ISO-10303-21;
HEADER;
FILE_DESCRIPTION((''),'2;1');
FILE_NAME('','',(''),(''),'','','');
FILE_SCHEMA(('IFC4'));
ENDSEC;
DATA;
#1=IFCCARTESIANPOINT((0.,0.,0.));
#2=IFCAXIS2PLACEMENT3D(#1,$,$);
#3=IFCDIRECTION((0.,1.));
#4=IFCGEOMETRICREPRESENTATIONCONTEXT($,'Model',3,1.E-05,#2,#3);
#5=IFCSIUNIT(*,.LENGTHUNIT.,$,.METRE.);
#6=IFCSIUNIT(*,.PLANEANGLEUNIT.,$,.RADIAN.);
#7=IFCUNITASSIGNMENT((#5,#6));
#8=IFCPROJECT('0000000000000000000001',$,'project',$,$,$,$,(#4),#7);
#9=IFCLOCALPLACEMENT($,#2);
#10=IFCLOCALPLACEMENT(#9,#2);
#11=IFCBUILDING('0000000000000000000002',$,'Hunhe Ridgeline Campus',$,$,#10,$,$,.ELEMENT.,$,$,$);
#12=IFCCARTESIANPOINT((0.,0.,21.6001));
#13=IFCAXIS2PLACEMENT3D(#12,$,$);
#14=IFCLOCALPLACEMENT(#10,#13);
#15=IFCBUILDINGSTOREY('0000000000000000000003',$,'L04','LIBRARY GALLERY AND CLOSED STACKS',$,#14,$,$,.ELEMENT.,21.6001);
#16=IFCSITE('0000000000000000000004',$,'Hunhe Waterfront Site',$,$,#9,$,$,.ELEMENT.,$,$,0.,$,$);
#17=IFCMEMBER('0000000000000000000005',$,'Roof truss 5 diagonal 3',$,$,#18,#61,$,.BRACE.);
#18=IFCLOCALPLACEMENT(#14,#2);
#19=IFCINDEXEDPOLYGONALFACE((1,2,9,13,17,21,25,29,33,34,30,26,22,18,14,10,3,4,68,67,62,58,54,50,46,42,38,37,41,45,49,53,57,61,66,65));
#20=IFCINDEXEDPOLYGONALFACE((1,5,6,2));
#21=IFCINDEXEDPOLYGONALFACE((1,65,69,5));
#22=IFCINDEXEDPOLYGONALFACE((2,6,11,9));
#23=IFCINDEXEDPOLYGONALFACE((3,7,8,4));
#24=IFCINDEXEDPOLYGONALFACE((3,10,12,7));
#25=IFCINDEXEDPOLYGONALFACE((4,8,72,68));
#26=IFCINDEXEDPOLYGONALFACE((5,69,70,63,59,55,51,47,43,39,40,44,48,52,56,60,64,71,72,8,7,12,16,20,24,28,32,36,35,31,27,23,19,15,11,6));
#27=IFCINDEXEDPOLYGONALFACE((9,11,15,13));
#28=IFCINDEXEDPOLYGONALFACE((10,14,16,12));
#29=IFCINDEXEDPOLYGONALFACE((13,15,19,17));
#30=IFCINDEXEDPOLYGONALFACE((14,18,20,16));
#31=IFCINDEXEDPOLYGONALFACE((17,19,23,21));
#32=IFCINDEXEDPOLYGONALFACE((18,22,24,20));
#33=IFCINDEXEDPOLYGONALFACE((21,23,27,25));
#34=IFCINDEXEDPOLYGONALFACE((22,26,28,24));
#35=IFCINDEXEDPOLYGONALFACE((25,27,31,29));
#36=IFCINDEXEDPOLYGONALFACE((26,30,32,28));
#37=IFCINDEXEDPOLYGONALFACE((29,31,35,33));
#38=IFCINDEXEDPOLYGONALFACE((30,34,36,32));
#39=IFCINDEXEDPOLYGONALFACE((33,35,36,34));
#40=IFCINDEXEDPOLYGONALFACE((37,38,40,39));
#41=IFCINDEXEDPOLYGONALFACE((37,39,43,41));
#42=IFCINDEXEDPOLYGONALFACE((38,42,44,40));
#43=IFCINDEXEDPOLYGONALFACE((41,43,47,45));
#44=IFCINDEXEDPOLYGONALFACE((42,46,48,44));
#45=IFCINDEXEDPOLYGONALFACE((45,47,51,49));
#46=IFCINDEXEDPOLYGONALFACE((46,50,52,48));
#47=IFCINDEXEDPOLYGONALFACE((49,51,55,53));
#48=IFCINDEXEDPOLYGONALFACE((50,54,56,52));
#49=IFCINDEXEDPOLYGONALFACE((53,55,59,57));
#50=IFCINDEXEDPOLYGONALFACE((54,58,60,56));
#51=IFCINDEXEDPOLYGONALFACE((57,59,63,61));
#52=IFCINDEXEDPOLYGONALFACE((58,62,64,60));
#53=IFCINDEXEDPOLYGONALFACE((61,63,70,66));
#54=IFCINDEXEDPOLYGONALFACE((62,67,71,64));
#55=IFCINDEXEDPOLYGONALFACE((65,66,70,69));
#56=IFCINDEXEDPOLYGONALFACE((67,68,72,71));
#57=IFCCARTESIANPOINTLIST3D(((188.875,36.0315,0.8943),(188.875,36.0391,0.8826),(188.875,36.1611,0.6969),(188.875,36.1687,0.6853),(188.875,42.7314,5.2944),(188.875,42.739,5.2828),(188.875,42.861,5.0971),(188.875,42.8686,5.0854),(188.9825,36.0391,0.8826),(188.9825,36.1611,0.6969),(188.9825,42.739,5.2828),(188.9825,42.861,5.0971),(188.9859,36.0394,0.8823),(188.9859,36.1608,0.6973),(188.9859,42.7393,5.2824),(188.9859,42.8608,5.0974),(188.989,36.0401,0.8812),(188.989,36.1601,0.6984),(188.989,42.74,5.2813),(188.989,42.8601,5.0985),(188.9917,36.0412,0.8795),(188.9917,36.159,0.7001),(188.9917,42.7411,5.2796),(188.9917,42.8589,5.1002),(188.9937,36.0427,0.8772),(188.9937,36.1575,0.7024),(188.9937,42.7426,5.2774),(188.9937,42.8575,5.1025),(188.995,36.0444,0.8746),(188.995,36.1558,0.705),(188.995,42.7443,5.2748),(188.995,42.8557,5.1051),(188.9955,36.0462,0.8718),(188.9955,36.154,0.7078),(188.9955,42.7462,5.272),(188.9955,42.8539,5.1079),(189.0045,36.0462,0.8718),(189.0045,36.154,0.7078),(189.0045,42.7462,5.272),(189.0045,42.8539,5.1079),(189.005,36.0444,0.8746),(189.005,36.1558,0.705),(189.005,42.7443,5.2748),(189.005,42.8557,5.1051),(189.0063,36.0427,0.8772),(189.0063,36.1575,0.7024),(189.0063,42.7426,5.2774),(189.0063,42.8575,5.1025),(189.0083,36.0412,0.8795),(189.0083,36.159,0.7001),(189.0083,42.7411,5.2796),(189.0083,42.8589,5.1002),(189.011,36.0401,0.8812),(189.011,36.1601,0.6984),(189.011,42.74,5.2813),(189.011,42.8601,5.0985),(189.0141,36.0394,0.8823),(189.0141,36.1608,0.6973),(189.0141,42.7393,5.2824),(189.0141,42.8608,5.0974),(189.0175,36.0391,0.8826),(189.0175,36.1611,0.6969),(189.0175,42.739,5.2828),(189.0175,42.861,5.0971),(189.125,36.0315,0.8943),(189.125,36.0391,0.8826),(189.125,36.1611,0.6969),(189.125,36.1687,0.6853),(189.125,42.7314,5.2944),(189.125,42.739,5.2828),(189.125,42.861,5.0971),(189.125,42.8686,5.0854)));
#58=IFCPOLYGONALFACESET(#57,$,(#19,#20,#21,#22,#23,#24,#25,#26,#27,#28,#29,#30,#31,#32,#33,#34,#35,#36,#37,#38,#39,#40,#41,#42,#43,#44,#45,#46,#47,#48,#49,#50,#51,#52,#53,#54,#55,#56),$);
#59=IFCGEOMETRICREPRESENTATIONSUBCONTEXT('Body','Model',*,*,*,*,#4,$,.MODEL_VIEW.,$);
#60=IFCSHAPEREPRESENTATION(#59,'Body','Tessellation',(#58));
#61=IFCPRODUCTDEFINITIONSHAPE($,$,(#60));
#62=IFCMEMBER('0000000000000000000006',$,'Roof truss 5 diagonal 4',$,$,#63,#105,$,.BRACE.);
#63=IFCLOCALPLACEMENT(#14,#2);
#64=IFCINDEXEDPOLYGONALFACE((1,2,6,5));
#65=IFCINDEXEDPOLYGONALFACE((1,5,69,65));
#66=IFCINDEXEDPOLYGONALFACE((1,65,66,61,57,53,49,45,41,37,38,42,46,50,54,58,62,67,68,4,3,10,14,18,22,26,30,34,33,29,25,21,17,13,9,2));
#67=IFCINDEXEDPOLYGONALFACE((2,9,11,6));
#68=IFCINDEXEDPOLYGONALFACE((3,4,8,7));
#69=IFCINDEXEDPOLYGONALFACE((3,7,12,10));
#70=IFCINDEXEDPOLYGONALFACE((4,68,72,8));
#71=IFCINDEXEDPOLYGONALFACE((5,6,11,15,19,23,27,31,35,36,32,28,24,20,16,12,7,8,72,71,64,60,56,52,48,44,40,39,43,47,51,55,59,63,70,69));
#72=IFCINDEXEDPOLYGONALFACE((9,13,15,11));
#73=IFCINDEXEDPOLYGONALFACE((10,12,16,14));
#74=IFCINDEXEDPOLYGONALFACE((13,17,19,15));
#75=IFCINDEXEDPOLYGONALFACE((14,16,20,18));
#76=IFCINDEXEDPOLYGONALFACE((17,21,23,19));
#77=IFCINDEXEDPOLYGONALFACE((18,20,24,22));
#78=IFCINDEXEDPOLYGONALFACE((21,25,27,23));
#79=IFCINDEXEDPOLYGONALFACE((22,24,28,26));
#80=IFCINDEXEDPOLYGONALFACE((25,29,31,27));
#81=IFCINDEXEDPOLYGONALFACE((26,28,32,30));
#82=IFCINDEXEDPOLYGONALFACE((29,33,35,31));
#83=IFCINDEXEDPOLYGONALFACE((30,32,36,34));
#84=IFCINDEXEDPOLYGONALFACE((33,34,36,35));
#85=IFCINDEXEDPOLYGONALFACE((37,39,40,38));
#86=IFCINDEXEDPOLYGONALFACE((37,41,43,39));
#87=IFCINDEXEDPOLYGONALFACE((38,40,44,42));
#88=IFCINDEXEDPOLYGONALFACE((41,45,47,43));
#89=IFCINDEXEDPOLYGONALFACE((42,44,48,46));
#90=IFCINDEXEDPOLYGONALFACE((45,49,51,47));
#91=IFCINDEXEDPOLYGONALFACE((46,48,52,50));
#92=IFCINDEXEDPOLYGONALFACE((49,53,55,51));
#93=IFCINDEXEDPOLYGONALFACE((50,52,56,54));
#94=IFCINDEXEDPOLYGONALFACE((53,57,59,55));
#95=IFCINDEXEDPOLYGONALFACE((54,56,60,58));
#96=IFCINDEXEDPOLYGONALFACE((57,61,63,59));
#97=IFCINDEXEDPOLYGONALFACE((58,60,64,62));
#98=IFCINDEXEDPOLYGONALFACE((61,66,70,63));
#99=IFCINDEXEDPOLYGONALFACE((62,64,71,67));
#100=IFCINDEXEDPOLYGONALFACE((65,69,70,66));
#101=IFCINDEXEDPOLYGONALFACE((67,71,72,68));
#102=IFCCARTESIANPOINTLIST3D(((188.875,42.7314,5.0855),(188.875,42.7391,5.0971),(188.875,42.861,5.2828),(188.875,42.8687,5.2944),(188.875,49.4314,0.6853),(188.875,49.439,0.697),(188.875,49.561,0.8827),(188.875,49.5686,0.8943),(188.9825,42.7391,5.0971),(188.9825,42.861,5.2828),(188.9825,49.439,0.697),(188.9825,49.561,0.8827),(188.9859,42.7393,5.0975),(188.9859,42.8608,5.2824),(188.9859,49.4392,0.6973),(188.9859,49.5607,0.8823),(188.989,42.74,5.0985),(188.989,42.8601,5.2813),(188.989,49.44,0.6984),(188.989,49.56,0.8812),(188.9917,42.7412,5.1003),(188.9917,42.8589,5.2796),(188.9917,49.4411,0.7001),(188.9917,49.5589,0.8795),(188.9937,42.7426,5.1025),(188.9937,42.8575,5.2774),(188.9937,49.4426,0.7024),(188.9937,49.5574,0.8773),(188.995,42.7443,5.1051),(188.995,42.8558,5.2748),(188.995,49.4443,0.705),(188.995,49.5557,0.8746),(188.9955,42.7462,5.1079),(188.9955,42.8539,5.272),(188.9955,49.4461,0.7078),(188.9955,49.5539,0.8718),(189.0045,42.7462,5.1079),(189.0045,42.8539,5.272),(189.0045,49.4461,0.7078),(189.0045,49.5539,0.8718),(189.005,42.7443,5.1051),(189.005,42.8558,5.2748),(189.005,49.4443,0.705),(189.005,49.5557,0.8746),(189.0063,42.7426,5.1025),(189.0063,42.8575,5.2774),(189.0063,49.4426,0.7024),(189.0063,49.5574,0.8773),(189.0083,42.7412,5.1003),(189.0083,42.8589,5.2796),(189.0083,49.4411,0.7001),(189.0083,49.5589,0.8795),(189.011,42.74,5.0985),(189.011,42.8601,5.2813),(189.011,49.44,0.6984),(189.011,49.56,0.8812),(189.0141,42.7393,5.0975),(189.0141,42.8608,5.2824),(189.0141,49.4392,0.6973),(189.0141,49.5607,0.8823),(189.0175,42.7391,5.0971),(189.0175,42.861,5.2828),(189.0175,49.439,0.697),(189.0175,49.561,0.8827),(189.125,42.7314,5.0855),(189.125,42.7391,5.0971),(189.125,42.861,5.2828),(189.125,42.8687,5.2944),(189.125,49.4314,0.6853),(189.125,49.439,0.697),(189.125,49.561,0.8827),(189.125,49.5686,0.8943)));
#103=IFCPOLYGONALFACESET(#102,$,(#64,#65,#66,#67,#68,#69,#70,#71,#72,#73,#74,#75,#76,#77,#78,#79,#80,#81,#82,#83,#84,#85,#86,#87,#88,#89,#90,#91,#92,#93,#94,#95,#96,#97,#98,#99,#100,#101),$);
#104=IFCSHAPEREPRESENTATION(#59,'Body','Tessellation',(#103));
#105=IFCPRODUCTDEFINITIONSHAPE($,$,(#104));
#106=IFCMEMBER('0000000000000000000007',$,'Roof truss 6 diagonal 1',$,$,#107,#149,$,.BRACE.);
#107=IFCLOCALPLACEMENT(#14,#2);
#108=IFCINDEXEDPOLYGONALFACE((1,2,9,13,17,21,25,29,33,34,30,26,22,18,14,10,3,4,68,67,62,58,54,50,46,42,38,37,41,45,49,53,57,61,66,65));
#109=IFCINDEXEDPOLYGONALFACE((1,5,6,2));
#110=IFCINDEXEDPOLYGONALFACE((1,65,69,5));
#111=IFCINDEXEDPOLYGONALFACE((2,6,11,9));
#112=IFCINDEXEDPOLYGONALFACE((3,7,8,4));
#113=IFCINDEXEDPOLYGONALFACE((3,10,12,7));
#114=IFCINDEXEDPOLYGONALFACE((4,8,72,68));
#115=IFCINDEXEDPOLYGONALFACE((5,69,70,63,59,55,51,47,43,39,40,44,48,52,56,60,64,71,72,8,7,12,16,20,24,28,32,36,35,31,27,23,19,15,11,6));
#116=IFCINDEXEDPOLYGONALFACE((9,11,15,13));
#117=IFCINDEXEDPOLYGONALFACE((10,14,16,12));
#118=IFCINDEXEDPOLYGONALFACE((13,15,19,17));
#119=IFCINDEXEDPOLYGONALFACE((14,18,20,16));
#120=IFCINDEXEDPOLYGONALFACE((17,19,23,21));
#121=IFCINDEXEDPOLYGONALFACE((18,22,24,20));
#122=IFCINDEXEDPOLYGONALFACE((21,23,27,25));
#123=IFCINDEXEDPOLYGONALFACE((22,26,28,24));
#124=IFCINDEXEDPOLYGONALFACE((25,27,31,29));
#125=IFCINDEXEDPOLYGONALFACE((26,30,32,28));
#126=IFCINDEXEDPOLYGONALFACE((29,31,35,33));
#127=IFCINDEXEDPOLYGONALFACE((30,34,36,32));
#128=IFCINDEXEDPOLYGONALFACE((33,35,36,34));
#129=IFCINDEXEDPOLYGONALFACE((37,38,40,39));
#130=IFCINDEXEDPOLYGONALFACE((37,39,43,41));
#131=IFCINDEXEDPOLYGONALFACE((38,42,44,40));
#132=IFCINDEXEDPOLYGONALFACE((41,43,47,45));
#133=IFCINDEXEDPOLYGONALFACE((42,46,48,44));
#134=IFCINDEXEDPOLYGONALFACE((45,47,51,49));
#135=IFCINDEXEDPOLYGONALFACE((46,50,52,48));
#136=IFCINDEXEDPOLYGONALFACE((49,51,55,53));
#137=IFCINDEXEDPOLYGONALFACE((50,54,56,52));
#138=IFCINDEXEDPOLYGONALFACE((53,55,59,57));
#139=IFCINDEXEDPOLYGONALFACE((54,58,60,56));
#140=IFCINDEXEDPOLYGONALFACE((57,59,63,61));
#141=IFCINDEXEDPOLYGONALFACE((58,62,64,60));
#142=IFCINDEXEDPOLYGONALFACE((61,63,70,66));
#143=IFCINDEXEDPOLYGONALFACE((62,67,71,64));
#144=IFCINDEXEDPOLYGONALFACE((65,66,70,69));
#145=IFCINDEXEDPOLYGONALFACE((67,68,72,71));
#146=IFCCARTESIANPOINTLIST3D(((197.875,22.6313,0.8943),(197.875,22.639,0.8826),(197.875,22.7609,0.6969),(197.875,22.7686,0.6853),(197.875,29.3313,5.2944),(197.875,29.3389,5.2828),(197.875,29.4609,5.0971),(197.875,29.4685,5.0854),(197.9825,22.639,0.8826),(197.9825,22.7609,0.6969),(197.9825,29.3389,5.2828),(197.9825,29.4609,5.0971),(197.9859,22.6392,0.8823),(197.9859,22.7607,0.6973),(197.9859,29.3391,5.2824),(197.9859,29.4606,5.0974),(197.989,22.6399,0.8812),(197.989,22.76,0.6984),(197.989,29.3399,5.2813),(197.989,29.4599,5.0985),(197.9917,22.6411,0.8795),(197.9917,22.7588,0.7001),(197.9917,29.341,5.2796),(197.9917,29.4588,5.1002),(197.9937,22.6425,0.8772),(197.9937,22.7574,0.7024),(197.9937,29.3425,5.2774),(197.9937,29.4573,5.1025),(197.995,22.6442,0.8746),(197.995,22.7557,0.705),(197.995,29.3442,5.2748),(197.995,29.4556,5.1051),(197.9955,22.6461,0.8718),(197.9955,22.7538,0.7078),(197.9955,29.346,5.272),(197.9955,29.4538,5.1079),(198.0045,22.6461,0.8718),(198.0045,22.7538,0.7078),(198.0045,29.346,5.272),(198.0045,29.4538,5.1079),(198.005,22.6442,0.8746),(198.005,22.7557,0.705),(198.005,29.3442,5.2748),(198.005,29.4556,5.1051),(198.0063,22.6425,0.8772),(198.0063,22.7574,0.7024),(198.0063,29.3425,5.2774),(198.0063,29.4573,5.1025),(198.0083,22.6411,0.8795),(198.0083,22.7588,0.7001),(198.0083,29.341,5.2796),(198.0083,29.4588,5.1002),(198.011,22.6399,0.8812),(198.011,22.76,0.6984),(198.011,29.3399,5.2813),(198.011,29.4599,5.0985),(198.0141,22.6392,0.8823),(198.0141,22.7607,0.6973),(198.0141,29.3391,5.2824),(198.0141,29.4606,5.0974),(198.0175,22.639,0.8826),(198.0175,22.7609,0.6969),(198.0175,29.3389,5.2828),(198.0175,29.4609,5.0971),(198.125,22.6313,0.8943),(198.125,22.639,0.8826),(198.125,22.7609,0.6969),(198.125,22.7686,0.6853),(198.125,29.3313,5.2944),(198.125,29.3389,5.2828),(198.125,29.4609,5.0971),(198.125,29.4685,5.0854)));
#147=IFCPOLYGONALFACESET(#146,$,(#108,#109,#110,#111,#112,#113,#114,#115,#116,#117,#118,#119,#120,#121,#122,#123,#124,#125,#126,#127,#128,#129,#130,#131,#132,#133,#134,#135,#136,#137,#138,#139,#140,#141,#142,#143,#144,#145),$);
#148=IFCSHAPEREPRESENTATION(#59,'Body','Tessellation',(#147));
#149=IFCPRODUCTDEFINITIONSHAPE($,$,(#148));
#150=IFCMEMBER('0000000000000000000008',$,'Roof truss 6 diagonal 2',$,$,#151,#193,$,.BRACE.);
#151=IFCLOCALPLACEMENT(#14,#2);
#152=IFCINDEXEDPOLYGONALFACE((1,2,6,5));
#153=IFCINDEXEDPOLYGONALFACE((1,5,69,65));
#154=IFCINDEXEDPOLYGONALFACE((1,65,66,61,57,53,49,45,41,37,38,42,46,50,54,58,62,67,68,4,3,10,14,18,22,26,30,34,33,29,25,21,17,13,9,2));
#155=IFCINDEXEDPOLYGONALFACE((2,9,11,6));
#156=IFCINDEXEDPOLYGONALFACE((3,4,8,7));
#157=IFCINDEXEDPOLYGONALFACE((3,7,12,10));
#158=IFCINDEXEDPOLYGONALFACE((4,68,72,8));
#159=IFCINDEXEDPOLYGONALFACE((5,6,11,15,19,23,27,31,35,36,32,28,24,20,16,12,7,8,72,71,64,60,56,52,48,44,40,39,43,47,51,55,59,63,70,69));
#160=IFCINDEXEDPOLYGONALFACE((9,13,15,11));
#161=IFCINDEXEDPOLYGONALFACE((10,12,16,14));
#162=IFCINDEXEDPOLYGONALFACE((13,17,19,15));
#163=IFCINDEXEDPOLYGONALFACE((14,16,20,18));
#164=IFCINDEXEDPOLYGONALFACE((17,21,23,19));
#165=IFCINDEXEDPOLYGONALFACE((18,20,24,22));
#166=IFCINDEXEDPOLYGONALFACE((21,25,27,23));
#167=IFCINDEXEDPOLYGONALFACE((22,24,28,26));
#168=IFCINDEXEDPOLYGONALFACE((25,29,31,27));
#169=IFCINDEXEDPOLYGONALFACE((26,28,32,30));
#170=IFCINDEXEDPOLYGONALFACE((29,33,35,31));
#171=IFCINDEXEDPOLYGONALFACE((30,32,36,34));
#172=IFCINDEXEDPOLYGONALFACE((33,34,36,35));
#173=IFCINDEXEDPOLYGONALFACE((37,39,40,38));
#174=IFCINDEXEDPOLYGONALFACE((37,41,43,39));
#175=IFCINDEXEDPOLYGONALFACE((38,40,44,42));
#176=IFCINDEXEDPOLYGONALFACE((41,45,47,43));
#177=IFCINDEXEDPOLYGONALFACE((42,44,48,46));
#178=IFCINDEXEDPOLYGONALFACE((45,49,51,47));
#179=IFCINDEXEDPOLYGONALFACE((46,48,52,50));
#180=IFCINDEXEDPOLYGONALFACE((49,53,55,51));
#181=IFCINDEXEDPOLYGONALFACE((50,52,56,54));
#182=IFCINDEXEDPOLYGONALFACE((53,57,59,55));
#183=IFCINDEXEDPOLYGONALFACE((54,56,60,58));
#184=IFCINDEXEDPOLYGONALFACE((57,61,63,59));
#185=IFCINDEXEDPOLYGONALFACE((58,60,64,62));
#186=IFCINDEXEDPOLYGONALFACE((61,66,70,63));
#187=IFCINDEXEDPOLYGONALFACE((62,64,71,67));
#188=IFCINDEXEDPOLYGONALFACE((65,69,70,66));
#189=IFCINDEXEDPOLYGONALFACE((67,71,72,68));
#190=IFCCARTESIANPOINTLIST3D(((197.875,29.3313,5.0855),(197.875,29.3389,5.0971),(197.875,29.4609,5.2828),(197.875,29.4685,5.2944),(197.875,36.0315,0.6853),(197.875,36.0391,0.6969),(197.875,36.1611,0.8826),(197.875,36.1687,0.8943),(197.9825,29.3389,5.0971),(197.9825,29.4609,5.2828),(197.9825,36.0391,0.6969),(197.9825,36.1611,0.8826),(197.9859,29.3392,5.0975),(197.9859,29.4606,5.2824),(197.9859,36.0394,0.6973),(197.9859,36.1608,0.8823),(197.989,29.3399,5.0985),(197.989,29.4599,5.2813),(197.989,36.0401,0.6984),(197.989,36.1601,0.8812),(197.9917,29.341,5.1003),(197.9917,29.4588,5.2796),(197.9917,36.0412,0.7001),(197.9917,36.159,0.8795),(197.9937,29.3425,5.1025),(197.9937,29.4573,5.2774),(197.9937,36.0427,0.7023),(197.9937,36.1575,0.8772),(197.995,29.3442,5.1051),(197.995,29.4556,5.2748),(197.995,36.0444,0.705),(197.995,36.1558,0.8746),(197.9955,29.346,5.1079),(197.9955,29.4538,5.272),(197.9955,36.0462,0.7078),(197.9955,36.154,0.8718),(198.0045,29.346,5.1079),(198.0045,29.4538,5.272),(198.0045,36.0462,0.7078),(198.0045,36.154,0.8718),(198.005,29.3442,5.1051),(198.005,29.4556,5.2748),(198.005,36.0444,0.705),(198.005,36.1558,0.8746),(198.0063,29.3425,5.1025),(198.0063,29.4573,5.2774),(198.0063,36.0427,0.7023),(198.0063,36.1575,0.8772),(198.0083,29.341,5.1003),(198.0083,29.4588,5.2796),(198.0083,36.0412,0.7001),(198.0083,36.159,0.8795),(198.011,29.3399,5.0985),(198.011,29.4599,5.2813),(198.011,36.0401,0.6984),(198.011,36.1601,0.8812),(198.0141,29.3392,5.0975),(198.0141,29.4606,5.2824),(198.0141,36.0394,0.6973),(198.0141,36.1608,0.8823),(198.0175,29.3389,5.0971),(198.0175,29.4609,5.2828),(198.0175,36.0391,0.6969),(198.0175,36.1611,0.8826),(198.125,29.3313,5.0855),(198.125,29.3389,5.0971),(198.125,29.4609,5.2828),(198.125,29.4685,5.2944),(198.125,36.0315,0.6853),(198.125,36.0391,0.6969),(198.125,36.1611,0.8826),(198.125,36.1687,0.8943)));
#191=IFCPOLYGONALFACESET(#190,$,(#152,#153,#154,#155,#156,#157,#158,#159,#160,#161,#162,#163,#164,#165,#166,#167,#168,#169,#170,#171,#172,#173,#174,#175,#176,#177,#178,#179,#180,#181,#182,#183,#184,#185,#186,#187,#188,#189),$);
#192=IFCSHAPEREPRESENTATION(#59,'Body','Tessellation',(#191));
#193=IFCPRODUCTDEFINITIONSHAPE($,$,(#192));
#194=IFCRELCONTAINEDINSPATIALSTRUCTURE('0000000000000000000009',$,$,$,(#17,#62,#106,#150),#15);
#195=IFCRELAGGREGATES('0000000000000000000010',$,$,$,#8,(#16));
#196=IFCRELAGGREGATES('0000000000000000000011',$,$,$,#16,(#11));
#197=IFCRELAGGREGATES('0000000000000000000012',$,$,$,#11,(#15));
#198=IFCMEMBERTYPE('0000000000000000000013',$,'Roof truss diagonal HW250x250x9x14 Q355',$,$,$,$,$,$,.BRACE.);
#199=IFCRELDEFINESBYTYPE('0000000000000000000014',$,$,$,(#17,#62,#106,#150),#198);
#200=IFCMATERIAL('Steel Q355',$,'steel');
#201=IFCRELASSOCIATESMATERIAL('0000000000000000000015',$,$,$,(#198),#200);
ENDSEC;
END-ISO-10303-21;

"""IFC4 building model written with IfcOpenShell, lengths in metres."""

from ifc_helpers import new_model, si_unit, direction, frame, origin, origin_2d, place, context, subcontext, project, spatial, i_section, extrude, material, material_profile, profile_set, type_object, element, save


model = new_model("IFC4")

# Units and contexts
model_context = context("Model", 3, precision=1e-05, world=origin(), true_north=direction((0.0, 1.0)))
body_context = subcontext(model_context, "Body", "Model", "MODEL_VIEW")
ifc_project = project(units=[si_unit("LENGTHUNIT", "METRE"), si_unit("PLANEANGLEUNIT", "RADIAN")], contexts=[model_context])

# Site, building, storey
site_placement = place(None, origin())
site = spatial("IfcSite", under=ifc_project, at=site_placement, Name="Hunhe Waterfront Site", CompositionType="ELEMENT", RefElevation=0.0)
building_placement = place(site_placement, origin())
building = spatial("IfcBuilding", under=site, at=building_placement, Name="Hunhe Ridgeline Campus", CompositionType="ELEMENT")
storey_placement = place(building_placement, frame((0.0, 0.0, 21.6001)))
storey = spatial("IfcBuildingStorey", under=building, at=storey_placement, Name="L04", Description="LIBRARY GALLERY AND CLOSED STACKS", CompositionType="ELEMENT", Elevation=21.6001)

# Members
ifc_material_1 = material(Name="Steel Q355", Category="steel")
ifc_material_profile_1 = material_profile(ifc_material_1, i_section(OverallWidth=0.25, OverallDepth=0.25, WebThickness=0.009, FlangeThickness=0.0139, FilletRadius=0.0129, at=origin_2d()))
ifc_profile_set_1 = profile_set([ifc_material_profile_1], Name="Steel Q355")
member_type_1 = type_object("IfcMemberType", Name="Roof truss diagonal HW250x250x9x14 Q355", PredefinedType="BRACE", material=ifc_profile_set_1)
for number, where, z_axis, x_axis, name in (
    (1, (189.0, 36.1001, 0.7898), (0.0, 0.835859, 0.548944), (-1.0, 0.0, 0.0), "Roof truss 5 diagonal 3"),
    (2, (189.0, 42.8, 5.1899), (0.0, 0.835859, -0.548944), (-1.0, 0.0, 0.0), "Roof truss 5 diagonal 4"),
    (3, (198.0, 22.7, 0.7898), (0.0, 0.835859, 0.548944), (-1.0, 0.0, 0.0), "Roof truss 6 diagonal 1"),
):
    element("IfcMember", number, at=place(storey_placement, frame(where, z_axis=z_axis, x_axis=x_axis)), inside=storey, type_object=member_type_1, Name=name, PredefinedType="BRACE", context=body_context, shape_type="SweptSolid", body=[
        extrude(i_section(OverallWidth=0.25, OverallDepth=0.25, WebThickness=0.009, FlangeThickness=0.0139, FilletRadius=0.0129, at=origin_2d()), origin(), (0.0, 0.0, 1.0), 8.0156),
    ])
member_1_placement = place(storey_placement, frame((198.0, 29.3999, 5.1899), z_axis=(0.0, 0.835868, -0.548931), x_axis=(-1.0, 0.0, 0.0)))
element("IfcMember", 4, at=member_1_placement, inside=storey, type_object=member_type_1, Name="Roof truss 6 diagonal 2", PredefinedType="BRACE", context=body_context, shape_type="SweptSolid", body=[
    extrude(i_section(OverallWidth=0.25, OverallDepth=0.25, WebThickness=0.009, FlangeThickness=0.0139, FilletRadius=0.0129, at=origin_2d()), origin(), (0.0, 0.0, 1.0), 8.0159),
])

save(model, "model.ifc")
